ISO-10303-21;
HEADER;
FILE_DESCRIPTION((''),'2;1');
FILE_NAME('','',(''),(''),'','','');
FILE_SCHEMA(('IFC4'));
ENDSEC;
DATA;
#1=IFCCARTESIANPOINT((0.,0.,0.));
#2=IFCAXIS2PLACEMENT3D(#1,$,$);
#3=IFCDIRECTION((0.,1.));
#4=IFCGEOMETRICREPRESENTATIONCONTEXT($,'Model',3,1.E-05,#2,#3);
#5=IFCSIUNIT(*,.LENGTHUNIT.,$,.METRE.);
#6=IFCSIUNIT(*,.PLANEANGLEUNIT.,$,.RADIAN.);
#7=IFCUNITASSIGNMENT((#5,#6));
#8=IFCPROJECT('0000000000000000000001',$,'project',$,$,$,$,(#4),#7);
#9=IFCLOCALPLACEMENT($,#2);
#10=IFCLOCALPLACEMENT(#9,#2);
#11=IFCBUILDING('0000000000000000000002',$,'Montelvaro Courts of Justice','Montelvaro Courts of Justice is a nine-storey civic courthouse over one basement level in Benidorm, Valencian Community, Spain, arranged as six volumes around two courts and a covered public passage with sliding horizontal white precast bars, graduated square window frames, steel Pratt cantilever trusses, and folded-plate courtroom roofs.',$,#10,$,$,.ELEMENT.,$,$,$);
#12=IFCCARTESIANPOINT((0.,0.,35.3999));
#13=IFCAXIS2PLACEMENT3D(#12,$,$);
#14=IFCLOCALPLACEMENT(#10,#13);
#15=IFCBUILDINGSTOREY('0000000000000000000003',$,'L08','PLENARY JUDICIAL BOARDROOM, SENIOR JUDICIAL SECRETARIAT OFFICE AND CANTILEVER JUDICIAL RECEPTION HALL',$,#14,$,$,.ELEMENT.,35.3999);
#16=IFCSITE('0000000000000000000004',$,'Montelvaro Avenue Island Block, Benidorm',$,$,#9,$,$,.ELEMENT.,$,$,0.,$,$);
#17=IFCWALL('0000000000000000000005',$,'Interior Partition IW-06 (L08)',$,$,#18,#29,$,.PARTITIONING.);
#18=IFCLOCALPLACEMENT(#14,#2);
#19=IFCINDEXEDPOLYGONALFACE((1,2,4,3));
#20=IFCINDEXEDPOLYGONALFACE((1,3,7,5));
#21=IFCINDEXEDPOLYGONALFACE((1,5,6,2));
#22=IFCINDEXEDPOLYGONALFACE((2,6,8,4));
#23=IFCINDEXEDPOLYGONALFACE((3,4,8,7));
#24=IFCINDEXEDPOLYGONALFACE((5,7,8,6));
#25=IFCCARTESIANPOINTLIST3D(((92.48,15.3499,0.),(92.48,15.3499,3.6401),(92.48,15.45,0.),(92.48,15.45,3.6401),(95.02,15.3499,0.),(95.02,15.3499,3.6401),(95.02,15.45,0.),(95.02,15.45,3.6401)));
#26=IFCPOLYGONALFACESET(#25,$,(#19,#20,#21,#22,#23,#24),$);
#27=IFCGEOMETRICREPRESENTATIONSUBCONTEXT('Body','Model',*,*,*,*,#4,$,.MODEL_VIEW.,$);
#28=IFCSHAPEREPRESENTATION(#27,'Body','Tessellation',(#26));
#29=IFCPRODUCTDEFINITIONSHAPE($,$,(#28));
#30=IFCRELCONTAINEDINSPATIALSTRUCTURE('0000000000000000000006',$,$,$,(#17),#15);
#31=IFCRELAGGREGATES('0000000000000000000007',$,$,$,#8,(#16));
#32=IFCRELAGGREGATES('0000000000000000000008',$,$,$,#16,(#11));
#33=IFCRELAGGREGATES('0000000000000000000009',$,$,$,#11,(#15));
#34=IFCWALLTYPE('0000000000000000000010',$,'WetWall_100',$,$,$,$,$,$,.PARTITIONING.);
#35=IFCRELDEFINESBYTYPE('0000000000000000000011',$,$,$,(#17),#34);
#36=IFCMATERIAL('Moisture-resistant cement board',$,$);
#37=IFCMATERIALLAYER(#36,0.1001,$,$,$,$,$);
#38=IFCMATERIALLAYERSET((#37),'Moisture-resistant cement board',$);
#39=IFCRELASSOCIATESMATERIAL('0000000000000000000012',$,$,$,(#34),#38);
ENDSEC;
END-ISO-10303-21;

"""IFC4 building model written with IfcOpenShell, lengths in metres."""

from ifc_helpers import new_model, si_unit, direction, frame, frame_2d, origin, place, context, subcontext, project, spatial, rectangle, extrude, material, layer, layer_set, type_object, element, save


model = new_model("IFC4")

# Units and contexts
model_context = context("Model", 3, precision=1e-05, world=origin(), true_north=direction((0.0, 1.0)))
body_context = subcontext(model_context, "Body", "Model", "MODEL_VIEW")
ifc_project = project(units=[si_unit("LENGTHUNIT", "METRE"), si_unit("PLANEANGLEUNIT", "RADIAN")], contexts=[model_context])

# Site, building, storey
site_placement = place(None, origin())
site = spatial("IfcSite", under=ifc_project, at=site_placement, Name="Montelvaro Avenue Island Block, Benidorm", CompositionType="ELEMENT", RefElevation=0.0)
building_placement = place(site_placement, origin())
building = spatial("IfcBuilding", under=site, at=building_placement, Name="Montelvaro Courts of Justice", Description="Montelvaro Courts of Justice is a nine-storey civic courthouse over one basement level in Benidorm, Valencian Community, Spain, arranged as six volumes around two courts and a covered public passage with sliding horizontal white precast bars, graduated square window frames, steel Pratt cantilever trusses, and folded-plate courtroom roofs.", CompositionType="ELEMENT")
storey_placement = place(building_placement, frame((0.0, 0.0, 35.3999)))
storey = spatial("IfcBuildingStorey", under=building, at=storey_placement, Name="L08", Description="PLENARY JUDICIAL BOARDROOM, SENIOR JUDICIAL SECRETARIAT OFFICE AND CANTILEVER JUDICIAL RECEPTION HALL", CompositionType="ELEMENT", Elevation=35.3999)

# Wall
ifc_material_1 = material(Name="Moisture-resistant cement board")
ifc_layer_1 = layer(ifc_material_1, 0.1001)
ifc_layer_set_1 = layer_set([ifc_layer_1], Name="Moisture-resistant cement board")
wall_type_1 = type_object("IfcWallType", Name="WetWall_100", PredefinedType="PARTITIONING", material=ifc_layer_set_1)
wall_1_placement = place(storey_placement, frame((92.48, 15.3999, 0.0), z_axis=(0.0, 0.0, 1.0), x_axis=(1.0, 0.0, 0.0)))
element("IfcWall", 1, at=wall_1_placement, inside=storey, type_object=wall_type_1, Name="Interior Partition IW-06 (L08)", PredefinedType="PARTITIONING", context=body_context, shape_type="SweptSolid", body=[
    extrude(rectangle(XDim=2.54, YDim=0.1001, at=frame_2d((1.27, 0.0))), origin(), (0.0, 0.0, 1.0), 3.6401),
])

save(model, "model.ifc")
